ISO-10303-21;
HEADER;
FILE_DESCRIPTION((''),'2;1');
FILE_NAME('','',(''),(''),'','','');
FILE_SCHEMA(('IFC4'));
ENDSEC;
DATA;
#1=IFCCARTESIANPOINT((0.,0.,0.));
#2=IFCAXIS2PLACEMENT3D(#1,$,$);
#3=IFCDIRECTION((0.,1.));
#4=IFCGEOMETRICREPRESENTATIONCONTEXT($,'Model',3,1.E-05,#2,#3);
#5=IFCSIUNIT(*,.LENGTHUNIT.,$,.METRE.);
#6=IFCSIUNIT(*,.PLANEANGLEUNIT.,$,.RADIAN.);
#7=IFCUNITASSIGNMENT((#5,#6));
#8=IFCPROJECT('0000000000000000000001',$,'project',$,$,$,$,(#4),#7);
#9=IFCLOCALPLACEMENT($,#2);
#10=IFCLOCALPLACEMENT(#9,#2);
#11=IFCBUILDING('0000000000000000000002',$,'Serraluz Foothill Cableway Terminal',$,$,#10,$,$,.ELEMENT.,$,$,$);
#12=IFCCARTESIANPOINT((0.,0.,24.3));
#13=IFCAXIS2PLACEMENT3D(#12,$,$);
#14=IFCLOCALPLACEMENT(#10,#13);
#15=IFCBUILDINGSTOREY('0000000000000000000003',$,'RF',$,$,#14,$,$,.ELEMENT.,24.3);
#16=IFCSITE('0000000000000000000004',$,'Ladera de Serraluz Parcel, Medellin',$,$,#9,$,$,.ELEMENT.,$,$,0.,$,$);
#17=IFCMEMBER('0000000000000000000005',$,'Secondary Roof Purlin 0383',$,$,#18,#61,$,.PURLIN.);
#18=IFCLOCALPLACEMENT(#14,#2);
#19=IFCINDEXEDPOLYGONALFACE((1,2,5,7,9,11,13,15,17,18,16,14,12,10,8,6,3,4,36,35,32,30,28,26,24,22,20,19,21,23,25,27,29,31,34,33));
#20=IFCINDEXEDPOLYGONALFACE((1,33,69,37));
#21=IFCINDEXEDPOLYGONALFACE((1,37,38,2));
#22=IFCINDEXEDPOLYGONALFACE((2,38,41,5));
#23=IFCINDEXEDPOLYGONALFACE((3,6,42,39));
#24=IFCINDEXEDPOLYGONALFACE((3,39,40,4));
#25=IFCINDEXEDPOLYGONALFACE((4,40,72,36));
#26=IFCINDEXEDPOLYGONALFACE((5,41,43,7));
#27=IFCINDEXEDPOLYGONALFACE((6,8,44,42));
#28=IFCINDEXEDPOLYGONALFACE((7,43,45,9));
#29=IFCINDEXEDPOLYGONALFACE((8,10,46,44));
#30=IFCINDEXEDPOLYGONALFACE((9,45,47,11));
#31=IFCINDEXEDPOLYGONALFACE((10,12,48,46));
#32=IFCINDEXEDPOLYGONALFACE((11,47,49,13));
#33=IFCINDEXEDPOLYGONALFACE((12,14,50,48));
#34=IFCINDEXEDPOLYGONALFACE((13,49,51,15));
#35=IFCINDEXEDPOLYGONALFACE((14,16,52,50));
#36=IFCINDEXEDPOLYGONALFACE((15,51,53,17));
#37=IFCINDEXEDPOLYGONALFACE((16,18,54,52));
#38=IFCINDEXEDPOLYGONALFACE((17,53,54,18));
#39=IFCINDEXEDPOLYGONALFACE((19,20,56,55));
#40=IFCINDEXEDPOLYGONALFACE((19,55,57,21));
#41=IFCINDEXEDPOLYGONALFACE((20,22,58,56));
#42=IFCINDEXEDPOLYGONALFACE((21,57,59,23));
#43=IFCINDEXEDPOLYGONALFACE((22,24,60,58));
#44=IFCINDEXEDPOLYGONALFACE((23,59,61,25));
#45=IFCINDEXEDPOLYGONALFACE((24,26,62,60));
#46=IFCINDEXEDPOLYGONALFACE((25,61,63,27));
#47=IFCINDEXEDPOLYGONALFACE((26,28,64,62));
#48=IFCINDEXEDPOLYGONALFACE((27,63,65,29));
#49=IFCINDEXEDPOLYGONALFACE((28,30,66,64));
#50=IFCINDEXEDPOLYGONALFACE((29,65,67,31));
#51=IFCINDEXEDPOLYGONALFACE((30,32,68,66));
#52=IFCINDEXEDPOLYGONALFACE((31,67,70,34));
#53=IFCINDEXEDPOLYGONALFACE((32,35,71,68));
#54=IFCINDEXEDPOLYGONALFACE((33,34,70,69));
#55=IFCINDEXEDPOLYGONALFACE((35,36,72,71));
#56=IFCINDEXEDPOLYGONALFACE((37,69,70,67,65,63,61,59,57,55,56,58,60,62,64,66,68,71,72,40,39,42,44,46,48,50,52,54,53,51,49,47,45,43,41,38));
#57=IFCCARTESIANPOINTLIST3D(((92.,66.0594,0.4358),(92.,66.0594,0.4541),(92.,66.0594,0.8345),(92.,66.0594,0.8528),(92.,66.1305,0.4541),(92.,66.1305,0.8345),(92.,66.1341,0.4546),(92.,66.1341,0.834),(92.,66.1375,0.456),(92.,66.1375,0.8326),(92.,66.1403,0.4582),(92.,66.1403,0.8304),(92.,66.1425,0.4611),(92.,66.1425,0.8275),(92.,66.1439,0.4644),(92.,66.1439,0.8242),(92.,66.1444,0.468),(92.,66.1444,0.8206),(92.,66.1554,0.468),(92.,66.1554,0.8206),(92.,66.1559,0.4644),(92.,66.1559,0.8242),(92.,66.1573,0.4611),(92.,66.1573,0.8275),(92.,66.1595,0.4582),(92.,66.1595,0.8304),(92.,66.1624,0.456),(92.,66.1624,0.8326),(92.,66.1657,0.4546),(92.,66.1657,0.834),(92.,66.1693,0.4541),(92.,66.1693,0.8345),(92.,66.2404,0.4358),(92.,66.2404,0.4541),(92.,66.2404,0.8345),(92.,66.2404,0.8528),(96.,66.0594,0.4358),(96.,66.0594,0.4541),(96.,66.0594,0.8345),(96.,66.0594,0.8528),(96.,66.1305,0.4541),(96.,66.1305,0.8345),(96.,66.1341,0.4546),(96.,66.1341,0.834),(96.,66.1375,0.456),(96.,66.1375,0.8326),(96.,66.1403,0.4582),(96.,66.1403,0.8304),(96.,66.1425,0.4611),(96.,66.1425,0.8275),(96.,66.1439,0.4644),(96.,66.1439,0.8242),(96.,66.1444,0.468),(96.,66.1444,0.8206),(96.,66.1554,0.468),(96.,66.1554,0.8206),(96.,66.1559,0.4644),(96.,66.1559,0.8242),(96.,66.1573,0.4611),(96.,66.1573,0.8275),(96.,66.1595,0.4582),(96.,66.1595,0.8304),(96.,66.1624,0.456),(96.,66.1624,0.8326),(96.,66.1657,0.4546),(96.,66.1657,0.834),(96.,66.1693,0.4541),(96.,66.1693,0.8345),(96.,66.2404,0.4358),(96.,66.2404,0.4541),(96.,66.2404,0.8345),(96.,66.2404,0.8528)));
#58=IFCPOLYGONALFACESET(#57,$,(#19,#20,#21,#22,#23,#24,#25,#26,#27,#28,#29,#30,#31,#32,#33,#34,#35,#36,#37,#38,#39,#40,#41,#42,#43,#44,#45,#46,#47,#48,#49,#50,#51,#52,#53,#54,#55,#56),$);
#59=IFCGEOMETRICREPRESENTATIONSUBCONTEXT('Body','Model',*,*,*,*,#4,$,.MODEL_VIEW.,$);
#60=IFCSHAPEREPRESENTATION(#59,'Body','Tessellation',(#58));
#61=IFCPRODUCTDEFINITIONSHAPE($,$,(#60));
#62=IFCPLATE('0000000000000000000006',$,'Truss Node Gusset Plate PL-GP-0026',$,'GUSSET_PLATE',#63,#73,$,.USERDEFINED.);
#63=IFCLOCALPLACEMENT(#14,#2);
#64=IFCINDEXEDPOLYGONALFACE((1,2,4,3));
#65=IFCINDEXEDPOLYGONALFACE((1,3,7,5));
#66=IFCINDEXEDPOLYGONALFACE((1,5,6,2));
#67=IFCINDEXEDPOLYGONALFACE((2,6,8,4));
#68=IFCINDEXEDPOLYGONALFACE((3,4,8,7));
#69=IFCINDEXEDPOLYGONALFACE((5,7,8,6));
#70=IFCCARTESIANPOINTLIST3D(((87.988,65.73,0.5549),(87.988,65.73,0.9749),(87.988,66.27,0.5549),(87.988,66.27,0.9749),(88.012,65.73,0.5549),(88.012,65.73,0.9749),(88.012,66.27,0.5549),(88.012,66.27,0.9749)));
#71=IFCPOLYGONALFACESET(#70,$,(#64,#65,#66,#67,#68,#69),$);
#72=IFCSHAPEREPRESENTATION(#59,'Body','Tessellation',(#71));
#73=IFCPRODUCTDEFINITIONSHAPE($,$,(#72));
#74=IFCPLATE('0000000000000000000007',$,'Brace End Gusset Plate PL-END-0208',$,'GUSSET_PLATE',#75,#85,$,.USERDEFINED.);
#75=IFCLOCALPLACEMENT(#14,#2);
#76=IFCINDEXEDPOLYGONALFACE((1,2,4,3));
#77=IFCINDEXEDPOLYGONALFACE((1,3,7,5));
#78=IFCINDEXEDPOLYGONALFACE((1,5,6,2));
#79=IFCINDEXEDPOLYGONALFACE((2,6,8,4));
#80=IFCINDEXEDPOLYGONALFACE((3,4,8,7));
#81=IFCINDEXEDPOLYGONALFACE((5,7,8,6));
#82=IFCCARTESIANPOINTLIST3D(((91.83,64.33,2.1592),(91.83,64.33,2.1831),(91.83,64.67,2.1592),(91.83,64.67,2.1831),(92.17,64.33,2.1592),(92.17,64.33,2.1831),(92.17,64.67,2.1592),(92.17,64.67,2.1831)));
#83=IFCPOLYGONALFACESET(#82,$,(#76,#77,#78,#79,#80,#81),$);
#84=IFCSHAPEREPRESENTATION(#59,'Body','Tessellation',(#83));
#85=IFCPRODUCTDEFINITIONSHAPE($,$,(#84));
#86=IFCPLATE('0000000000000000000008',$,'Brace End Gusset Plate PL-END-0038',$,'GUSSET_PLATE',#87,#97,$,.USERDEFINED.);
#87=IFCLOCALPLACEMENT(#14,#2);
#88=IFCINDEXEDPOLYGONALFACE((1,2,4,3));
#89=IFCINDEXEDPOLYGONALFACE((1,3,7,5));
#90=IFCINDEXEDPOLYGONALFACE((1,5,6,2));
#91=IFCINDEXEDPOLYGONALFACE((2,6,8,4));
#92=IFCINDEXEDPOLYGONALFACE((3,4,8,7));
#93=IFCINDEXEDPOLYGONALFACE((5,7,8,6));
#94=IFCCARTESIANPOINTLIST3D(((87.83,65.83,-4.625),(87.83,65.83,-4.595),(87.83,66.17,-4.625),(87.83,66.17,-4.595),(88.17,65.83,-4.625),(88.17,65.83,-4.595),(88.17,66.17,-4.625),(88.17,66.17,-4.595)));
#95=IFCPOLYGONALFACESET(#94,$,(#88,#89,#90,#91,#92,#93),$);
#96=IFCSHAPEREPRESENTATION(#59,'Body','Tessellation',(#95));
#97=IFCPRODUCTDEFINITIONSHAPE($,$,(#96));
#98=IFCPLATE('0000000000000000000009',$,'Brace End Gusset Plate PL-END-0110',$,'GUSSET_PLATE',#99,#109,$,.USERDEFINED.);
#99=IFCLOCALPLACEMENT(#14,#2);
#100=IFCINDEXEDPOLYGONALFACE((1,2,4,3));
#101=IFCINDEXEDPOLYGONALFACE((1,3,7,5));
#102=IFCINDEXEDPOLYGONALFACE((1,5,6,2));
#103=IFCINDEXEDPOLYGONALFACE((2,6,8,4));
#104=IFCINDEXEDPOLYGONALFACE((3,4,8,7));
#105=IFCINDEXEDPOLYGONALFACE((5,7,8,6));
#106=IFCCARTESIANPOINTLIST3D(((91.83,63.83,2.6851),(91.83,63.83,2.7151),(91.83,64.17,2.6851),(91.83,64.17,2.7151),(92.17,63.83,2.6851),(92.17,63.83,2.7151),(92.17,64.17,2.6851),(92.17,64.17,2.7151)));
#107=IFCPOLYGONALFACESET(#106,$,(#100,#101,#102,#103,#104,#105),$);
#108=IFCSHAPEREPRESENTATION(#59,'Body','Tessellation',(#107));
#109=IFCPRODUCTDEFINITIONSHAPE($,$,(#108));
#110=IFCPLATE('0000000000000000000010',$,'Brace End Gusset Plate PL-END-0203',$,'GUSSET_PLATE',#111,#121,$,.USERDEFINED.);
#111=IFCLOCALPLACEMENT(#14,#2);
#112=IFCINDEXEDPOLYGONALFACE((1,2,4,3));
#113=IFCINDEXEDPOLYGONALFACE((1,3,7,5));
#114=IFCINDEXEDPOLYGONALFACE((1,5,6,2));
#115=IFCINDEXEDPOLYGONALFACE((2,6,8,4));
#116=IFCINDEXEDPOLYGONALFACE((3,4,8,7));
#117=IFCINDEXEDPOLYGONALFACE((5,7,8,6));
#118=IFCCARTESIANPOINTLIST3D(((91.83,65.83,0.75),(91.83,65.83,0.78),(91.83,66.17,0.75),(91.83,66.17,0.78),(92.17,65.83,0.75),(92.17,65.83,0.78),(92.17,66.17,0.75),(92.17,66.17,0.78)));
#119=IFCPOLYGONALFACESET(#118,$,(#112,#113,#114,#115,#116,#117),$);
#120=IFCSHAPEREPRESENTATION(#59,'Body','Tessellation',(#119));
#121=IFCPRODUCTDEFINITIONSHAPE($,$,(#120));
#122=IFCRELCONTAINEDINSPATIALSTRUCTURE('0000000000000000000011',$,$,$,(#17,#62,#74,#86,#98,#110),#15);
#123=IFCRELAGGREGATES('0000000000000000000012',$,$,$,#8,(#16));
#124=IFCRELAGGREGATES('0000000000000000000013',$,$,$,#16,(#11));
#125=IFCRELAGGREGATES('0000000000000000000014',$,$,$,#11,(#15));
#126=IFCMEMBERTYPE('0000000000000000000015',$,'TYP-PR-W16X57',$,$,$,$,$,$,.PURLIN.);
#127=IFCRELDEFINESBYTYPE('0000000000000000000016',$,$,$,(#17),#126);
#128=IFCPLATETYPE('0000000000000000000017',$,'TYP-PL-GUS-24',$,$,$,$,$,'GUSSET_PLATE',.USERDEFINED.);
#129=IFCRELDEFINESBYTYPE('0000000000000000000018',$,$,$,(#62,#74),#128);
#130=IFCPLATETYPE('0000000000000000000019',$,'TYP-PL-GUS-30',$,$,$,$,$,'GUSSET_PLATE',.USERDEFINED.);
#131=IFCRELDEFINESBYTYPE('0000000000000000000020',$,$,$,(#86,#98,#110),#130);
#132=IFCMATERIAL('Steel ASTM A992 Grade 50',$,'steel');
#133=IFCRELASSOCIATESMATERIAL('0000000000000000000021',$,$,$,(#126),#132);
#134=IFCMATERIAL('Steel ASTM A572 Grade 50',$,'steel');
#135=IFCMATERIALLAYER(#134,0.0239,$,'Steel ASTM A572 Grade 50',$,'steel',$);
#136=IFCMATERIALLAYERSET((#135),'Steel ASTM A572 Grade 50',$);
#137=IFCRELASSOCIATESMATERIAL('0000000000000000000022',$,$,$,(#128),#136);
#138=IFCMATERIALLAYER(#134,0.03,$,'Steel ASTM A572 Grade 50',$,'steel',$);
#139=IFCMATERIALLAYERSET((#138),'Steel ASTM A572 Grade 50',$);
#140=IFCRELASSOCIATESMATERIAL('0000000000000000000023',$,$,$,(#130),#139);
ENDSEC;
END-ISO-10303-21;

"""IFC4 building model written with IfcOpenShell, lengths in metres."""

from ifc_helpers import new_model, si_unit, direction, frame, origin, origin_2d, place, context, subcontext, project, spatial, rectangle, i_section, extrude, material, layer, layer_set, material_profile, profile_set, type_object, element, save


model = new_model("IFC4")

# Units and contexts
model_context = context("Model", 3, precision=1e-05, world=origin(), true_north=direction((0.0, 1.0)))
body_context = subcontext(model_context, "Body", "Model", "MODEL_VIEW")
ifc_project = project(units=[si_unit("LENGTHUNIT", "METRE"), si_unit("PLANEANGLEUNIT", "RADIAN")], contexts=[model_context])

# Site, building, storey
site_placement = place(None, origin())
site = spatial("IfcSite", under=ifc_project, at=site_placement, Name="Ladera de Serraluz Parcel, Medellin", CompositionType="ELEMENT", RefElevation=0.0)
building_placement = place(site_placement, origin())
building = spatial("IfcBuilding", under=site, at=building_placement, Name="Serraluz Foothill Cableway Terminal", CompositionType="ELEMENT")
storey_placement = place(building_placement, frame((0.0, 0.0, 24.3)))
storey = spatial("IfcBuildingStorey", under=building, at=storey_placement, Name="RF", CompositionType="ELEMENT", Elevation=24.3)

# Member
ifc_material_1 = material(Name="Steel ASTM A572 Grade 50", Category="steel")
ifc_material_2 = material(Name="Steel ASTM A992 Grade 50", Category="steel")
ifc_material_profile_1 = material_profile(ifc_material_2, i_section(OverallWidth=0.1809, OverallDepth=0.417, WebThickness=0.011, FlangeThickness=0.0183, FilletRadius=0.0139, at=origin_2d()), Name="W16X57")
ifc_profile_set_1 = profile_set([ifc_material_profile_1], Name="Steel ASTM A992 Grade 50")
member_type_1 = type_object("IfcMemberType", Name="TYP-PR-W16X57", PredefinedType="PURLIN", material=ifc_profile_set_1)
for number, where, z_axis, x_axis, name in (
    (1, (92.0, 66.1499, 0.6443), (1.0, 0.0, 0.0), (0.0, 1.0, 0.0), "Secondary Roof Purlin 0383"),
):
    element("IfcMember", number, at=place(storey_placement, frame(where, z_axis=z_axis, x_axis=x_axis)), inside=storey, type_object=member_type_1, Name=name, PredefinedType="PURLIN", context=body_context, shape_type="SweptSolid", body=[
        extrude(i_section(OverallWidth=0.1809, OverallDepth=0.417, WebThickness=0.011, FlangeThickness=0.0183, FilletRadius=0.0139, at=origin_2d()), origin(), (0.0, 0.0, 1.0), 4.0),
    ])

# Plates
ifc_layer_1 = layer(ifc_material_1, 0.0239, Name="Steel ASTM A572 Grade 50", Category="steel")
ifc_layer_set_1 = layer_set([ifc_layer_1], Name="Steel ASTM A572 Grade 50")
plate_type_1 = type_object("IfcPlateType", Name="TYP-PL-GUS-24", ElementType="GUSSET_PLATE", PredefinedType="USERDEFINED", material=ifc_layer_set_1)
plate_1_placement = place(storey_placement, frame((88.0, 66.0, 0.5549), z_axis=(0.0, 0.0, 1.0), x_axis=(1.0, 0.0, 0.0)))
element("IfcPlate", 2, at=plate_1_placement, inside=storey, type_object=plate_type_1, Name="Truss Node Gusset Plate PL-GP-0026", ObjectType="GUSSET_PLATE", PredefinedType="USERDEFINED", context=body_context, shape_type="SweptSolid", body=[
    extrude(rectangle(XDim=0.0239, YDim=0.54, at=origin_2d()), origin(), (0.0, 0.0, 1.0), 0.4199),
])
plate_2_placement = place(storey_placement, frame((92.0, 64.5, 2.1592), z_axis=(0.0, 0.0, 1.0), x_axis=(1.0, 0.0, 0.0)))
element("IfcPlate", 3, at=plate_2_placement, inside=storey, type_object=plate_type_1, Name="Brace End Gusset Plate PL-END-0208", ObjectType="GUSSET_PLATE", PredefinedType="USERDEFINED", context=body_context, shape_type="SweptSolid", body=[
    extrude(rectangle(XDim=0.3401, YDim=0.3401, at=origin_2d()), origin(), (0.0, 0.0, 1.0), 0.0239),
])
ifc_layer_2 = layer(ifc_material_1, 0.03, Name="Steel ASTM A572 Grade 50", Category="steel")
ifc_layer_set_2 = layer_set([ifc_layer_2], Name="Steel ASTM A572 Grade 50")
plate_type_2 = type_object("IfcPlateType", Name="TYP-PL-GUS-30", ElementType="GUSSET_PLATE", PredefinedType="USERDEFINED", material=ifc_layer_set_2)
for number, where, z_axis, x_axis, name in (
    (4, (88.0, 66.0, -4.625), (0.0, 0.0, 1.0), (1.0, 0.0, 0.0), "Brace End Gusset Plate PL-END-0038"),
    (5, (92.0, 64.0, 2.6851), (0.0, 0.0, 1.0), (1.0, 0.0, 0.0), "Brace End Gusset Plate PL-END-0110"),
    (6, (92.0, 66.0, 0.75), (0.0, 0.0, 1.0), (1.0, 0.0, 0.0), "Brace End Gusset Plate PL-END-0203"),
):
    element("IfcPlate", number, at=place(storey_placement, frame(where, z_axis=z_axis, x_axis=x_axis)), inside=storey, type_object=plate_type_2, Name=name, ObjectType="GUSSET_PLATE", PredefinedType="USERDEFINED", context=body_context, shape_type="SweptSolid", body=[
        extrude(rectangle(XDim=0.3401, YDim=0.3401, at=origin_2d()), origin(), (0.0, 0.0, 1.0), 0.03),
    ])

save(model, "model.ifc")
